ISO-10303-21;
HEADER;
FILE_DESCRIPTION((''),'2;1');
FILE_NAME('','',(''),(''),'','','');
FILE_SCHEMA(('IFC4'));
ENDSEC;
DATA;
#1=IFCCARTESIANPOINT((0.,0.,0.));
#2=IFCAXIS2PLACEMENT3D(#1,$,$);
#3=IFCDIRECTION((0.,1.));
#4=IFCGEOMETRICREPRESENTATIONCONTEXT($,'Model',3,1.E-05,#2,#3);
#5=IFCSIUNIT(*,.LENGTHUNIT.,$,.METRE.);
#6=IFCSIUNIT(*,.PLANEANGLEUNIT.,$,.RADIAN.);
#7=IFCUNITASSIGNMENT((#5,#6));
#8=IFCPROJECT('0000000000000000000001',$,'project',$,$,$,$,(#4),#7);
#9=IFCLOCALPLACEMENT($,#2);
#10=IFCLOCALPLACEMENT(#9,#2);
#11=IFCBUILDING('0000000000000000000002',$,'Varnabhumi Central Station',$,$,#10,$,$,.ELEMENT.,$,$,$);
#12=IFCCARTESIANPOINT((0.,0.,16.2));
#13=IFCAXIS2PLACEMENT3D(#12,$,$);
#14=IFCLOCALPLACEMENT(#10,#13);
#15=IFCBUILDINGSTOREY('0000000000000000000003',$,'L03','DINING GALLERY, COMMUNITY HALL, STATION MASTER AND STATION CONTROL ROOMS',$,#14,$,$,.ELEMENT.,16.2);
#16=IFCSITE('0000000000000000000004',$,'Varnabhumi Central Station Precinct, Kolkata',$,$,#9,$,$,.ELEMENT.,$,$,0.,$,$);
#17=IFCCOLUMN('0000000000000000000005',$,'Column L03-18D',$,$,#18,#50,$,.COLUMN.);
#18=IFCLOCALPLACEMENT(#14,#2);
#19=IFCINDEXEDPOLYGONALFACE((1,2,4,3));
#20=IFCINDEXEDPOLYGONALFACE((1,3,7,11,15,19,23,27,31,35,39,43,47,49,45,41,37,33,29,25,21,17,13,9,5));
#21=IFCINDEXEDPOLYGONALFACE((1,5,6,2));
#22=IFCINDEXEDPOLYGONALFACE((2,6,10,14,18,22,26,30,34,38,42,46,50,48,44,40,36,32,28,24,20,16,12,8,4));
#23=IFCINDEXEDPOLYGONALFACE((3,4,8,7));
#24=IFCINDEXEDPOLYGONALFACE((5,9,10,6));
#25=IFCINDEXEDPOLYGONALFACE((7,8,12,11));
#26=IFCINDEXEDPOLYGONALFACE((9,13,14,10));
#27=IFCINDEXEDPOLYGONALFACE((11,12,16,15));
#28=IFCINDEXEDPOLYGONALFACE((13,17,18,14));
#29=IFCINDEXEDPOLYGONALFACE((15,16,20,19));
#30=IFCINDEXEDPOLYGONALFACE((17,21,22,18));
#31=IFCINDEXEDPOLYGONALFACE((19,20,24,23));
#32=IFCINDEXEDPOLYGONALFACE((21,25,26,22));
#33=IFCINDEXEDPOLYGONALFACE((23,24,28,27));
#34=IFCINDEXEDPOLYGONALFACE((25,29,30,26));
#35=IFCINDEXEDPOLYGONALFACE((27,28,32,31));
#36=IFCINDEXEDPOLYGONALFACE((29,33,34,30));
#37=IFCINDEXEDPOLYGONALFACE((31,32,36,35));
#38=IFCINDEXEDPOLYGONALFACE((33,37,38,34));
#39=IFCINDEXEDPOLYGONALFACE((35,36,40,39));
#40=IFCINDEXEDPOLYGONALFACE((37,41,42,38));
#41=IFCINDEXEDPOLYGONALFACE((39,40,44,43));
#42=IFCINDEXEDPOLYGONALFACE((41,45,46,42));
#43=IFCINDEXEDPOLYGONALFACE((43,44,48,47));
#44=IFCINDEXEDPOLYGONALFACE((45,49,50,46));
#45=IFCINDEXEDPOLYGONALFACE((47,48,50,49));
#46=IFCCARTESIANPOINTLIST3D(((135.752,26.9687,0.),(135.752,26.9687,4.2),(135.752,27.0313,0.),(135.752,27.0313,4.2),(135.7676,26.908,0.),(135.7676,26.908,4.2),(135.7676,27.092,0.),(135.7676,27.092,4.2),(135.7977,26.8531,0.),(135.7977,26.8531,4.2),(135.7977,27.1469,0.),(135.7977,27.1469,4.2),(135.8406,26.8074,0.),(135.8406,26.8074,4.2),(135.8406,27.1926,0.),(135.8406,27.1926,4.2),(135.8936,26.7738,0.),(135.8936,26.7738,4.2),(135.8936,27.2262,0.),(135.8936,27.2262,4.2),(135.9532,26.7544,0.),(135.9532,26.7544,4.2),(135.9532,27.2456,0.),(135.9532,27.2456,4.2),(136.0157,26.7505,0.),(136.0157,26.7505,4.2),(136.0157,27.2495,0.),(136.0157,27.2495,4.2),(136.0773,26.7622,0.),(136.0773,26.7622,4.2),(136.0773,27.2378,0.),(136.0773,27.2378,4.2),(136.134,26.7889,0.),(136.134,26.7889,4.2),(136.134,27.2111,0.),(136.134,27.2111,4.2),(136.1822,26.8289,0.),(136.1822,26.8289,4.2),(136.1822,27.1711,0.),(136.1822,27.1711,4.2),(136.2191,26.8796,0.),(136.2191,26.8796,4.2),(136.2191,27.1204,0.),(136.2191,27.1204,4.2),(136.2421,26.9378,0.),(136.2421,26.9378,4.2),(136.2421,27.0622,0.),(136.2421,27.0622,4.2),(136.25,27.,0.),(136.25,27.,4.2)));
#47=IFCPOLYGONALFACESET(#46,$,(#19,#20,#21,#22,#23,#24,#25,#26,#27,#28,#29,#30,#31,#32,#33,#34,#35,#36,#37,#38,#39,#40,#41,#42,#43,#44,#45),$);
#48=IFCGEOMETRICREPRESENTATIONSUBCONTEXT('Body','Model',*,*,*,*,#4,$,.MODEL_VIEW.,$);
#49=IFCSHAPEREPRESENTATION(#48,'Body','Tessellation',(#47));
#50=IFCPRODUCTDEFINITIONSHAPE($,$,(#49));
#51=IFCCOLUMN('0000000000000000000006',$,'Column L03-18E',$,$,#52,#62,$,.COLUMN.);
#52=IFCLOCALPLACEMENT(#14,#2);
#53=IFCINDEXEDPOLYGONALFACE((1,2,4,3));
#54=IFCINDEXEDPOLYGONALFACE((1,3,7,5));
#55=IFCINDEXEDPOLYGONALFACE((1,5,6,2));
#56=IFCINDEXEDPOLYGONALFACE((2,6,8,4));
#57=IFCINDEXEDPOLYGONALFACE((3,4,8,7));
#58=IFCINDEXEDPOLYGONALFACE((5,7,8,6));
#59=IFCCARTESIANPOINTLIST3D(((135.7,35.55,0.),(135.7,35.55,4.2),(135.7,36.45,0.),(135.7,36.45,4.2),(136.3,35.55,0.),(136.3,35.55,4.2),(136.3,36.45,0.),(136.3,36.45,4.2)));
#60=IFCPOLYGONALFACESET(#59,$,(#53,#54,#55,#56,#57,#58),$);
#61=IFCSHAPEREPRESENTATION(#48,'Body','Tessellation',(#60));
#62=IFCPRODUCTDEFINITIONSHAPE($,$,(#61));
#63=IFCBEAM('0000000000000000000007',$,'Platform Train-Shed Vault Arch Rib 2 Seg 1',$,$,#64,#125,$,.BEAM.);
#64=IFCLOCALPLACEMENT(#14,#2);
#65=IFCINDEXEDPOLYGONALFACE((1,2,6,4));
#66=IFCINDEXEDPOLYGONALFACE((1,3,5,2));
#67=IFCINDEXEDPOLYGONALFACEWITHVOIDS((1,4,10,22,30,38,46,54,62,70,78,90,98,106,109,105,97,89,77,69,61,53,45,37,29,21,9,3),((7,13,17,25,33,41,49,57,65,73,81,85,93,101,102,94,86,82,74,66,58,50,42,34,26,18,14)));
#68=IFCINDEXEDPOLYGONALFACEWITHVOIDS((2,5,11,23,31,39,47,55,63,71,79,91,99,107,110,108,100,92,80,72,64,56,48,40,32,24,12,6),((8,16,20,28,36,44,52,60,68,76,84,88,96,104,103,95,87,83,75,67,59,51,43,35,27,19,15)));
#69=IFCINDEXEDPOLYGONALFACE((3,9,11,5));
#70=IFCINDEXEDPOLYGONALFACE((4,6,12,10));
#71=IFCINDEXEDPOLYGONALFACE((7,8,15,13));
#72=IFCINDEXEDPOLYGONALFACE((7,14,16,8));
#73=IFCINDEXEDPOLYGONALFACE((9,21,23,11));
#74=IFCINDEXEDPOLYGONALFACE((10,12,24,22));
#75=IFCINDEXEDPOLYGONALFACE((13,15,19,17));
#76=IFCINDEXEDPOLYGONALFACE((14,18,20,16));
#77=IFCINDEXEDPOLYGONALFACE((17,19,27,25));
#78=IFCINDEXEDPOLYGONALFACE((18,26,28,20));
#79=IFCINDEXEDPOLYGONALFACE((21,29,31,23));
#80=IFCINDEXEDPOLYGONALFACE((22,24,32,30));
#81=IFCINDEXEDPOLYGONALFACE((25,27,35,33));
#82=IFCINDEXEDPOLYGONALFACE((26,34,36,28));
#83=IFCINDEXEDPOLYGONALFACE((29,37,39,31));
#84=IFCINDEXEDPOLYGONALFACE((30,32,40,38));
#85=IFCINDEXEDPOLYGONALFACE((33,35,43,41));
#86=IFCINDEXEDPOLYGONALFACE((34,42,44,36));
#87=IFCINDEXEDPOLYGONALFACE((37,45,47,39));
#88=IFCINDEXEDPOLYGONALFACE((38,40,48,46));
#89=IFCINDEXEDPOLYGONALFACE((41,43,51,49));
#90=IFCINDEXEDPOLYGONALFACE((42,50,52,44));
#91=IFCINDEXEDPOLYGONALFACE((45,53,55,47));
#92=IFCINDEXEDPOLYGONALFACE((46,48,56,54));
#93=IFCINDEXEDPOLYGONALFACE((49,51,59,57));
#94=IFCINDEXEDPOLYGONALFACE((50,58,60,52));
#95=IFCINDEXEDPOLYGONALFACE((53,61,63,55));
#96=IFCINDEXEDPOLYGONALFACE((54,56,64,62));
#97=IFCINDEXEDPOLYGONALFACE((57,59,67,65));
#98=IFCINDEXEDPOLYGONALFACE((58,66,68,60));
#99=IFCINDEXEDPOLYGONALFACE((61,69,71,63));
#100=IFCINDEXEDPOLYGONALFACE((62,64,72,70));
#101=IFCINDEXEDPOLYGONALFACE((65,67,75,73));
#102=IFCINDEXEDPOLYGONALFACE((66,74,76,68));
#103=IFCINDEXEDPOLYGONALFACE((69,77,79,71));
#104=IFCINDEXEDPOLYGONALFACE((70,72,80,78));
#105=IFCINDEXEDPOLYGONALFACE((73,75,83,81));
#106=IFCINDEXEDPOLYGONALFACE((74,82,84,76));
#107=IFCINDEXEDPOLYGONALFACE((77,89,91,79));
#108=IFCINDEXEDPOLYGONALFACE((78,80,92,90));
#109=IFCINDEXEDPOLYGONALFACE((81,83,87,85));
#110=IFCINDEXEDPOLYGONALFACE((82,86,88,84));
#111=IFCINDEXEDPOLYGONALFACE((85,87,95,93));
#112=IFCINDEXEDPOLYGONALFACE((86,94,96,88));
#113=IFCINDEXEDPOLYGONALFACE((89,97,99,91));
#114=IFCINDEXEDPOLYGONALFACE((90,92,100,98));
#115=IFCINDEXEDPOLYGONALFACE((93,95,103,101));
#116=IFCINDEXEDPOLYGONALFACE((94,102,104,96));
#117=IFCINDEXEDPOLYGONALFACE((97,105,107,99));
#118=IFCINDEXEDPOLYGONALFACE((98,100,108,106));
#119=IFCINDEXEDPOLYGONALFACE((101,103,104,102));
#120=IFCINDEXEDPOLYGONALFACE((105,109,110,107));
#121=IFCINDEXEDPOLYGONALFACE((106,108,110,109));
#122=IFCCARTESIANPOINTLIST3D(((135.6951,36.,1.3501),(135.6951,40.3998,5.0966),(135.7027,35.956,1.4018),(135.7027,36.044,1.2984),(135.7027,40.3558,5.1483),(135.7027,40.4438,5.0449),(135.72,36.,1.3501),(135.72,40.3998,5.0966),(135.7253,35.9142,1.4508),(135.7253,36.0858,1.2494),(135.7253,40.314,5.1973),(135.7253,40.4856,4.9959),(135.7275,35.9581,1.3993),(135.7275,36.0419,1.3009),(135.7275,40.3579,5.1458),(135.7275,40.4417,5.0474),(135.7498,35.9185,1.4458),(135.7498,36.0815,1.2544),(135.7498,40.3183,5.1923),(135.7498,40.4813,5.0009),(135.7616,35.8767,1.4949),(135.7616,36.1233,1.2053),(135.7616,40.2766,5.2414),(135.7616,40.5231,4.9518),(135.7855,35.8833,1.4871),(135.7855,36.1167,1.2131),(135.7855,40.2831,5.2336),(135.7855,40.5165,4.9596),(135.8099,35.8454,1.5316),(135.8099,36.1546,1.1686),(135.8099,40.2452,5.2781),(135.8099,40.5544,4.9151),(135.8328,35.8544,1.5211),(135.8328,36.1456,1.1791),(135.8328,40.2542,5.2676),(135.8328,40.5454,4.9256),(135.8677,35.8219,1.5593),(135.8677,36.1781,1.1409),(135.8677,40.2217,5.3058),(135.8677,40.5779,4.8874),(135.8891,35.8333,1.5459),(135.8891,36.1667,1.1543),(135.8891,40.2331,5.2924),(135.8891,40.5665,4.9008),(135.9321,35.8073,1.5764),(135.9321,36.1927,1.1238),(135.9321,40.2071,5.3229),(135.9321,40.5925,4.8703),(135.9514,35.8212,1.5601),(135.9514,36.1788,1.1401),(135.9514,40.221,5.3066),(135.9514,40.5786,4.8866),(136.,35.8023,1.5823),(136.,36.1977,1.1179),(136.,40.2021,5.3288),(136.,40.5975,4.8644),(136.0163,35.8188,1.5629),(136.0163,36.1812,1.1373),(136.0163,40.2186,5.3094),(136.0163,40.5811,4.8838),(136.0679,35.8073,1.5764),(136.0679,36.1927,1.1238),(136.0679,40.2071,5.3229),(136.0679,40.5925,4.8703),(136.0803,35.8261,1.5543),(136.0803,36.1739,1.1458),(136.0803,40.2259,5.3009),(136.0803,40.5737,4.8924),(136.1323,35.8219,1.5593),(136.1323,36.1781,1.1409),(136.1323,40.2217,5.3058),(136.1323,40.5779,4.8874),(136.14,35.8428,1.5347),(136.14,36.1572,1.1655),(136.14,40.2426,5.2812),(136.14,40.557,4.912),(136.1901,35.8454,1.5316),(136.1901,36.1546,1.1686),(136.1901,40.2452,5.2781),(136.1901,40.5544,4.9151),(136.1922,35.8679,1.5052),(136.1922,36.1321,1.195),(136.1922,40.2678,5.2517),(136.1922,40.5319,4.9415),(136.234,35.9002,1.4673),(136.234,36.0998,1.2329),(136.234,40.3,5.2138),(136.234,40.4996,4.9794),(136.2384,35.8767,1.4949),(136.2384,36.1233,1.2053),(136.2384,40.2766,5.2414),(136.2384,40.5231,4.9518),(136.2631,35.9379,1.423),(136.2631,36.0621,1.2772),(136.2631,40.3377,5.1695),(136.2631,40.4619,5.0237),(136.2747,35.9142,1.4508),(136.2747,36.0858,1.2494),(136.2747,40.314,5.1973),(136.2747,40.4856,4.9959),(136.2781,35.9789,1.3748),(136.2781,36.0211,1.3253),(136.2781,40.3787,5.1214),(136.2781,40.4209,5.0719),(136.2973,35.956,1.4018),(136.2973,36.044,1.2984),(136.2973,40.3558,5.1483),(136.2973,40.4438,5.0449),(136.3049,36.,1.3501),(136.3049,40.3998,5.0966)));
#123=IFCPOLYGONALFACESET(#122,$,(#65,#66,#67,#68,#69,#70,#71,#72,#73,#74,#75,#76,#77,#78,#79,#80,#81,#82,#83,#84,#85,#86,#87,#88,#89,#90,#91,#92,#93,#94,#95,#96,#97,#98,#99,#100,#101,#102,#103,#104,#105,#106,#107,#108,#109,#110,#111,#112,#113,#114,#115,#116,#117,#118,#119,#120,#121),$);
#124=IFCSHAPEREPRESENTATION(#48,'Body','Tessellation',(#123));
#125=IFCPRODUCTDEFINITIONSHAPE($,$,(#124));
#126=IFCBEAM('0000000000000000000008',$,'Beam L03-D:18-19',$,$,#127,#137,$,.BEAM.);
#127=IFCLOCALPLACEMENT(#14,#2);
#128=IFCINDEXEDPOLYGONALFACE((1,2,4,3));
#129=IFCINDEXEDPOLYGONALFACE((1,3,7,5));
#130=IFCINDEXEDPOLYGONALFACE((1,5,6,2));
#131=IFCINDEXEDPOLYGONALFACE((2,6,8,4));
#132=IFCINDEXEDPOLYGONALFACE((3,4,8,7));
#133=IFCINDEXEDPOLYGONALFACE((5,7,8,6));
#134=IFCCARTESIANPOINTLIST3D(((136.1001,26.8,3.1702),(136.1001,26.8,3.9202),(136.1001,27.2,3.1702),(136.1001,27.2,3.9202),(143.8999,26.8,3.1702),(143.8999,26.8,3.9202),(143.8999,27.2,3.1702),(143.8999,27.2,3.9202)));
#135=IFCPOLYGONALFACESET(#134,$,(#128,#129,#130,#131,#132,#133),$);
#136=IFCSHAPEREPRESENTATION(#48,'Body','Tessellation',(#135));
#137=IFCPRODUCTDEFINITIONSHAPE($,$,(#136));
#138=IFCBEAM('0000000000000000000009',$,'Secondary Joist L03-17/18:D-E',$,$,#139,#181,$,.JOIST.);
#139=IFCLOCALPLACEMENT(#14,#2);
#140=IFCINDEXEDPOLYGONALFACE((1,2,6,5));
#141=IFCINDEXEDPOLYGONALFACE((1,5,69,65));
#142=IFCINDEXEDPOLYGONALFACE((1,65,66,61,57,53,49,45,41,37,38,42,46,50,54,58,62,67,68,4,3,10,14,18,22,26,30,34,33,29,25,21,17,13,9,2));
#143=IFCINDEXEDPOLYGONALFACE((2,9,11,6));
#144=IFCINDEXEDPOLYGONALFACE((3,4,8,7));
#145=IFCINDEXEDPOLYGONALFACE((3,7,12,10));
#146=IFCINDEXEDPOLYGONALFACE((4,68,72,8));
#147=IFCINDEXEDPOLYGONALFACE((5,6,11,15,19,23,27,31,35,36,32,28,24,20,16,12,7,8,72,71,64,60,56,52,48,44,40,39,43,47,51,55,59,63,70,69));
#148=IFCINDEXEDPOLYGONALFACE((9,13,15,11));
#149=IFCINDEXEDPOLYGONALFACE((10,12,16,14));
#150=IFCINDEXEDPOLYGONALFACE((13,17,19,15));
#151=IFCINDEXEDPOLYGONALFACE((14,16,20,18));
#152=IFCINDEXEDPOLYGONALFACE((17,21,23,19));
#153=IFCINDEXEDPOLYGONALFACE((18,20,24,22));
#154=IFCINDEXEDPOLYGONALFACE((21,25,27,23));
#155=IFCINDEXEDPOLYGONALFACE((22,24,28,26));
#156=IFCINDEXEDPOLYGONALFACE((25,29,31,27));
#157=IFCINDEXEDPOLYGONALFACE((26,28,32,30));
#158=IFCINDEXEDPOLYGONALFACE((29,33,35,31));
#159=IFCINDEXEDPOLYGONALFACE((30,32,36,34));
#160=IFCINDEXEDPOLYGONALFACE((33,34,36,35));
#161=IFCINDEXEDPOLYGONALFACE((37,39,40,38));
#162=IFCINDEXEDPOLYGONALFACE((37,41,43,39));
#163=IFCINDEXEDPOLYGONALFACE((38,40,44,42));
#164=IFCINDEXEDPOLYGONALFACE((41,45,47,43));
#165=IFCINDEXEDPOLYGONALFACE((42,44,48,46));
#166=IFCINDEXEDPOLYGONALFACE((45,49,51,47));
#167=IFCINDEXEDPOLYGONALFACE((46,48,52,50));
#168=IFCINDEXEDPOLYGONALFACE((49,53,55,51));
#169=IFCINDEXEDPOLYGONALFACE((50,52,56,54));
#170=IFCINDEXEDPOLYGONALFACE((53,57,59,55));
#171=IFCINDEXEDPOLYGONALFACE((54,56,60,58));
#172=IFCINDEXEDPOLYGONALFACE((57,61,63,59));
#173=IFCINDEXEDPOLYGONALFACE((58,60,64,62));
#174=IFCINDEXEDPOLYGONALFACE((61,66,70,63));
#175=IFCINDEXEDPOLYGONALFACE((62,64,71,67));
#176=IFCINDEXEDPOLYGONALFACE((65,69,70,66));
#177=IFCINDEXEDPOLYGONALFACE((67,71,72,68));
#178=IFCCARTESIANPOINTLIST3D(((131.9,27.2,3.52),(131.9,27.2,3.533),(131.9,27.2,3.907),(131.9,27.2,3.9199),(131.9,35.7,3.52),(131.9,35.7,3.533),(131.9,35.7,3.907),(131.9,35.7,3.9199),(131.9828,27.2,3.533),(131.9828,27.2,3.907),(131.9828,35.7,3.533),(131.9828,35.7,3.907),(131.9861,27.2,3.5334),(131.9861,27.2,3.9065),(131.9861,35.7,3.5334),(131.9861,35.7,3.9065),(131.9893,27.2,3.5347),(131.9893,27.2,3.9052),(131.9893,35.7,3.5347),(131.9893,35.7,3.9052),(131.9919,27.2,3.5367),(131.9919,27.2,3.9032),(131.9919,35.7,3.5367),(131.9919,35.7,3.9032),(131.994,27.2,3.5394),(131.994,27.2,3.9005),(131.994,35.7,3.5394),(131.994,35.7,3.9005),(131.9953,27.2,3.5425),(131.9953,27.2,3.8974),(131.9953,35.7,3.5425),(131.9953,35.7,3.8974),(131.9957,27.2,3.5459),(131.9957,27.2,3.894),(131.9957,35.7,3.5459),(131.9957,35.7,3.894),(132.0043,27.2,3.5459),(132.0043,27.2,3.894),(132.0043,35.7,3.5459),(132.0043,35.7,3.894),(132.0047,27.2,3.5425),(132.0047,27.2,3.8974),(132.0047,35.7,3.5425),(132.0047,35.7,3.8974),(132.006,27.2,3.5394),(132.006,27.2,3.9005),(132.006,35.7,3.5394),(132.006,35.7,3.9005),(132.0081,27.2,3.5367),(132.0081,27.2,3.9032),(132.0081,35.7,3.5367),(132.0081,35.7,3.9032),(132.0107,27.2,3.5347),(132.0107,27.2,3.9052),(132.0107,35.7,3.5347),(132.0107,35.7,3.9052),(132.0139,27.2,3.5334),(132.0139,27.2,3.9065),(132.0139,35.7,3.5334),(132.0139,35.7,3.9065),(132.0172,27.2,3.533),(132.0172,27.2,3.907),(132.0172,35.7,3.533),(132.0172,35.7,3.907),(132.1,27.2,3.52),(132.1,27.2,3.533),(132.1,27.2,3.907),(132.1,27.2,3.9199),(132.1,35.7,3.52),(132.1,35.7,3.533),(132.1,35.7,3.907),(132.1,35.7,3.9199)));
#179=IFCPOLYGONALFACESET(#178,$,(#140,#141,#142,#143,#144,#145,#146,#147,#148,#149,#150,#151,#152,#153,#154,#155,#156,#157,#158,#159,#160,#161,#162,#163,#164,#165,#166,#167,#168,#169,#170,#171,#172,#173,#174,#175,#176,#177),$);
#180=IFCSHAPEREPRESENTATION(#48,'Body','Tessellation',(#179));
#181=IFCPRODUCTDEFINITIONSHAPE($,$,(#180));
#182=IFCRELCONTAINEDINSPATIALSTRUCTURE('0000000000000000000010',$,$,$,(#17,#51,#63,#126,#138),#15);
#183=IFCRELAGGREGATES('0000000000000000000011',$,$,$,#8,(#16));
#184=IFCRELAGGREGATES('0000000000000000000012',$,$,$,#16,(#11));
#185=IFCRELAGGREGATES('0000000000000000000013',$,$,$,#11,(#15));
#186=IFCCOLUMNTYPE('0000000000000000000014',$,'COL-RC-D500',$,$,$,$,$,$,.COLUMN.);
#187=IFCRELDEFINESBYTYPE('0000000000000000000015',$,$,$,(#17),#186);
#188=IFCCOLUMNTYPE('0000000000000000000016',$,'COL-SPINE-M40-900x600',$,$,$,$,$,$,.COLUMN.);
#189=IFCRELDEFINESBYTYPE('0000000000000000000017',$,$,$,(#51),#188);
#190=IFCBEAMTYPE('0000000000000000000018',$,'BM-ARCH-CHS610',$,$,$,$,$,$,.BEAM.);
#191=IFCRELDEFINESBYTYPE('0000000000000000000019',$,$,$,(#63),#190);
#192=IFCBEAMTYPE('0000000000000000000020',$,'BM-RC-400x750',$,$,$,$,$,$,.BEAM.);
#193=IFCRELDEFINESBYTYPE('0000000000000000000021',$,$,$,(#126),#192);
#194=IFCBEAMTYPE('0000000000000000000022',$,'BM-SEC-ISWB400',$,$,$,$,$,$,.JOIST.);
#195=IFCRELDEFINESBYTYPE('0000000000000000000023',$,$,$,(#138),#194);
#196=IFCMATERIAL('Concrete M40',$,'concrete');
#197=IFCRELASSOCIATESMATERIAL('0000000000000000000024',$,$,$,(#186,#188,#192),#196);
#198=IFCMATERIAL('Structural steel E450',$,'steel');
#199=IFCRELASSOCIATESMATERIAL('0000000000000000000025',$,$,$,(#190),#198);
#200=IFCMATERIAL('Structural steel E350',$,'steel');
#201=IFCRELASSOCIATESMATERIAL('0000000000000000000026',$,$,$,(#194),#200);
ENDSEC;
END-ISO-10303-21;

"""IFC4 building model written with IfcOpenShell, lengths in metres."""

from ifc_helpers import new_model, si_unit, direction, frame, origin, origin_2d, place, context, subcontext, project, spatial, rectangle, circle, hollow_circle, i_section, extrude, material, material_profile, profile_set, type_object, element, save


model = new_model("IFC4")

# Units and contexts
model_context = context("Model", 3, precision=1e-05, world=origin(), true_north=direction((0.0, 1.0)))
body_context = subcontext(model_context, "Body", "Model", "MODEL_VIEW")
ifc_project = project(units=[si_unit("LENGTHUNIT", "METRE"), si_unit("PLANEANGLEUNIT", "RADIAN")], contexts=[model_context])

# Site, building, storey
site_placement = place(None, origin())
site = spatial("IfcSite", under=ifc_project, at=site_placement, Name="Varnabhumi Central Station Precinct, Kolkata", CompositionType="ELEMENT", RefElevation=0.0)
building_placement = place(site_placement, origin())
building = spatial("IfcBuilding", under=site, at=building_placement, Name="Varnabhumi Central Station", CompositionType="ELEMENT")
storey_placement = place(building_placement, frame((0.0, 0.0, 16.2)))
storey = spatial("IfcBuildingStorey", under=building, at=storey_placement, Name="L03", Description="DINING GALLERY, COMMUNITY HALL, STATION MASTER AND STATION CONTROL ROOMS", CompositionType="ELEMENT", Elevation=16.2)

# Columns
ifc_material_1 = material(Name="Concrete M40", Category="concrete")
ifc_material_profile_1 = material_profile(ifc_material_1, circle(Radius=0.25, at=origin_2d()), Name="Concrete M40", Category="concrete")
ifc_profile_set_1 = profile_set([ifc_material_profile_1], Name="Concrete M40")
column_type_1 = type_object("IfcColumnType", Name="COL-RC-D500", PredefinedType="COLUMN", material=ifc_profile_set_1)
column_1_placement = place(storey_placement, frame((136.0, 27.0, 0.0), z_axis=(0.0, 0.0, 1.0), x_axis=(1.0, 0.0, 0.0)))
element("IfcColumn", 1, at=column_1_placement, inside=storey, type_object=column_type_1, Name="Column L03-18D", PredefinedType="COLUMN", context=body_context, shape_type="SweptSolid", body=[
    extrude(circle(Radius=0.25, at=origin_2d()), origin(), (0.0, 0.0, 1.0), 4.2),
])
ifc_material_profile_2 = material_profile(ifc_material_1, rectangle(XDim=0.6001, YDim=0.8999, at=origin_2d()), Name="Concrete M40", Category="concrete")
ifc_profile_set_2 = profile_set([ifc_material_profile_2], Name="Concrete M40")
column_type_2 = type_object("IfcColumnType", Name="COL-SPINE-M40-900x600", PredefinedType="COLUMN", material=ifc_profile_set_2)
column_2_placement = place(storey_placement, frame((136.0, 36.0, 0.0), z_axis=(0.0, 0.0, 1.0), x_axis=(1.0, 0.0, 0.0)))
element("IfcColumn", 2, at=column_2_placement, inside=storey, type_object=column_type_2, Name="Column L03-18E", PredefinedType="COLUMN", context=body_context, shape_type="SweptSolid", body=[
    extrude(rectangle(XDim=0.6001, YDim=0.8999, at=origin_2d()), origin(), (0.0, 0.0, 1.0), 4.2),
])

# Beams
ifc_material_2 = material(Name="Structural steel E450", Category="steel")
ifc_material_profile_3 = material_profile(ifc_material_2, hollow_circle(Radius=0.3049, WallThickness=0.0249, at=origin_2d()), Name="Structural steel E450", Category="steel")
ifc_profile_set_3 = profile_set([ifc_material_profile_3], Name="Structural steel E450")
beam_type_1 = type_object("IfcBeamType", Name="BM-ARCH-CHS610", PredefinedType="BEAM", material=ifc_profile_set_3)
beam_1_placement = place(storey_placement, frame((136.0, 36.0, 1.3501), z_axis=(0.0, 0.76137, 0.648318), x_axis=(-1.0, 0.0, 0.0)))
element("IfcBeam", 3, at=beam_1_placement, inside=storey, type_object=beam_type_1, Name="Platform Train-Shed Vault Arch Rib 2 Seg 1", PredefinedType="BEAM", context=body_context, shape_type="SweptSolid", body=[
    extrude(hollow_circle(Radius=0.3049, WallThickness=0.0249, at=origin_2d()), origin(), (0.0, 0.0, 1.0), 5.7788),
])
ifc_material_profile_4 = material_profile(ifc_material_1, rectangle(XDim=0.3999, YDim=0.75, at=origin_2d()), Name="Concrete M40", Category="concrete")
ifc_profile_set_4 = profile_set([ifc_material_profile_4], Name="Concrete M40")
beam_type_2 = type_object("IfcBeamType", Name="BM-RC-400x750", PredefinedType="BEAM", material=ifc_profile_set_4)
beam_2_placement = place(storey_placement, frame((136.1001, 27.0, 3.5452), z_axis=(1.0, 0.0, 0.0), x_axis=(0.0, 1.0, 0.0)))
element("IfcBeam", 4, at=beam_2_placement, inside=storey, type_object=beam_type_2, Name="Beam L03-D:18-19", PredefinedType="BEAM", context=body_context, shape_type="SweptSolid", body=[
    extrude(rectangle(XDim=0.3999, YDim=0.75, at=origin_2d()), origin(), (0.0, 0.0, 1.0), 7.7998),
])
ifc_material_3 = material(Name="Structural steel E350", Category="steel")
ifc_material_profile_5 = material_profile(ifc_material_3, i_section(OverallWidth=0.2, OverallDepth=0.3999, WebThickness=0.0085, FlangeThickness=0.0129, FilletRadius=0.0129, at=origin_2d()), Name="Structural steel E350", Category="steel")
ifc_profile_set_5 = profile_set([ifc_material_profile_5], Name="Structural steel E350")
beam_type_3 = type_object("IfcBeamType", Name="BM-SEC-ISWB400", PredefinedType="JOIST", material=ifc_profile_set_5)
beam_3_placement = place(storey_placement, frame((132.0, 27.2, 3.72), z_axis=(0.0, 1.0, 0.0), x_axis=(-1.0, 0.0, 0.0)))
element("IfcBeam", 5, at=beam_3_placement, inside=storey, type_object=beam_type_3, Name="Secondary Joist L03-17/18:D-E", PredefinedType="JOIST", context=body_context, shape_type="SweptSolid", body=[
    extrude(i_section(OverallWidth=0.2, OverallDepth=0.3999, WebThickness=0.0085, FlangeThickness=0.0129, FilletRadius=0.0129, at=origin_2d()), origin(), (0.0, 0.0, 1.0), 8.5),
])

save(model, "model.ifc")
